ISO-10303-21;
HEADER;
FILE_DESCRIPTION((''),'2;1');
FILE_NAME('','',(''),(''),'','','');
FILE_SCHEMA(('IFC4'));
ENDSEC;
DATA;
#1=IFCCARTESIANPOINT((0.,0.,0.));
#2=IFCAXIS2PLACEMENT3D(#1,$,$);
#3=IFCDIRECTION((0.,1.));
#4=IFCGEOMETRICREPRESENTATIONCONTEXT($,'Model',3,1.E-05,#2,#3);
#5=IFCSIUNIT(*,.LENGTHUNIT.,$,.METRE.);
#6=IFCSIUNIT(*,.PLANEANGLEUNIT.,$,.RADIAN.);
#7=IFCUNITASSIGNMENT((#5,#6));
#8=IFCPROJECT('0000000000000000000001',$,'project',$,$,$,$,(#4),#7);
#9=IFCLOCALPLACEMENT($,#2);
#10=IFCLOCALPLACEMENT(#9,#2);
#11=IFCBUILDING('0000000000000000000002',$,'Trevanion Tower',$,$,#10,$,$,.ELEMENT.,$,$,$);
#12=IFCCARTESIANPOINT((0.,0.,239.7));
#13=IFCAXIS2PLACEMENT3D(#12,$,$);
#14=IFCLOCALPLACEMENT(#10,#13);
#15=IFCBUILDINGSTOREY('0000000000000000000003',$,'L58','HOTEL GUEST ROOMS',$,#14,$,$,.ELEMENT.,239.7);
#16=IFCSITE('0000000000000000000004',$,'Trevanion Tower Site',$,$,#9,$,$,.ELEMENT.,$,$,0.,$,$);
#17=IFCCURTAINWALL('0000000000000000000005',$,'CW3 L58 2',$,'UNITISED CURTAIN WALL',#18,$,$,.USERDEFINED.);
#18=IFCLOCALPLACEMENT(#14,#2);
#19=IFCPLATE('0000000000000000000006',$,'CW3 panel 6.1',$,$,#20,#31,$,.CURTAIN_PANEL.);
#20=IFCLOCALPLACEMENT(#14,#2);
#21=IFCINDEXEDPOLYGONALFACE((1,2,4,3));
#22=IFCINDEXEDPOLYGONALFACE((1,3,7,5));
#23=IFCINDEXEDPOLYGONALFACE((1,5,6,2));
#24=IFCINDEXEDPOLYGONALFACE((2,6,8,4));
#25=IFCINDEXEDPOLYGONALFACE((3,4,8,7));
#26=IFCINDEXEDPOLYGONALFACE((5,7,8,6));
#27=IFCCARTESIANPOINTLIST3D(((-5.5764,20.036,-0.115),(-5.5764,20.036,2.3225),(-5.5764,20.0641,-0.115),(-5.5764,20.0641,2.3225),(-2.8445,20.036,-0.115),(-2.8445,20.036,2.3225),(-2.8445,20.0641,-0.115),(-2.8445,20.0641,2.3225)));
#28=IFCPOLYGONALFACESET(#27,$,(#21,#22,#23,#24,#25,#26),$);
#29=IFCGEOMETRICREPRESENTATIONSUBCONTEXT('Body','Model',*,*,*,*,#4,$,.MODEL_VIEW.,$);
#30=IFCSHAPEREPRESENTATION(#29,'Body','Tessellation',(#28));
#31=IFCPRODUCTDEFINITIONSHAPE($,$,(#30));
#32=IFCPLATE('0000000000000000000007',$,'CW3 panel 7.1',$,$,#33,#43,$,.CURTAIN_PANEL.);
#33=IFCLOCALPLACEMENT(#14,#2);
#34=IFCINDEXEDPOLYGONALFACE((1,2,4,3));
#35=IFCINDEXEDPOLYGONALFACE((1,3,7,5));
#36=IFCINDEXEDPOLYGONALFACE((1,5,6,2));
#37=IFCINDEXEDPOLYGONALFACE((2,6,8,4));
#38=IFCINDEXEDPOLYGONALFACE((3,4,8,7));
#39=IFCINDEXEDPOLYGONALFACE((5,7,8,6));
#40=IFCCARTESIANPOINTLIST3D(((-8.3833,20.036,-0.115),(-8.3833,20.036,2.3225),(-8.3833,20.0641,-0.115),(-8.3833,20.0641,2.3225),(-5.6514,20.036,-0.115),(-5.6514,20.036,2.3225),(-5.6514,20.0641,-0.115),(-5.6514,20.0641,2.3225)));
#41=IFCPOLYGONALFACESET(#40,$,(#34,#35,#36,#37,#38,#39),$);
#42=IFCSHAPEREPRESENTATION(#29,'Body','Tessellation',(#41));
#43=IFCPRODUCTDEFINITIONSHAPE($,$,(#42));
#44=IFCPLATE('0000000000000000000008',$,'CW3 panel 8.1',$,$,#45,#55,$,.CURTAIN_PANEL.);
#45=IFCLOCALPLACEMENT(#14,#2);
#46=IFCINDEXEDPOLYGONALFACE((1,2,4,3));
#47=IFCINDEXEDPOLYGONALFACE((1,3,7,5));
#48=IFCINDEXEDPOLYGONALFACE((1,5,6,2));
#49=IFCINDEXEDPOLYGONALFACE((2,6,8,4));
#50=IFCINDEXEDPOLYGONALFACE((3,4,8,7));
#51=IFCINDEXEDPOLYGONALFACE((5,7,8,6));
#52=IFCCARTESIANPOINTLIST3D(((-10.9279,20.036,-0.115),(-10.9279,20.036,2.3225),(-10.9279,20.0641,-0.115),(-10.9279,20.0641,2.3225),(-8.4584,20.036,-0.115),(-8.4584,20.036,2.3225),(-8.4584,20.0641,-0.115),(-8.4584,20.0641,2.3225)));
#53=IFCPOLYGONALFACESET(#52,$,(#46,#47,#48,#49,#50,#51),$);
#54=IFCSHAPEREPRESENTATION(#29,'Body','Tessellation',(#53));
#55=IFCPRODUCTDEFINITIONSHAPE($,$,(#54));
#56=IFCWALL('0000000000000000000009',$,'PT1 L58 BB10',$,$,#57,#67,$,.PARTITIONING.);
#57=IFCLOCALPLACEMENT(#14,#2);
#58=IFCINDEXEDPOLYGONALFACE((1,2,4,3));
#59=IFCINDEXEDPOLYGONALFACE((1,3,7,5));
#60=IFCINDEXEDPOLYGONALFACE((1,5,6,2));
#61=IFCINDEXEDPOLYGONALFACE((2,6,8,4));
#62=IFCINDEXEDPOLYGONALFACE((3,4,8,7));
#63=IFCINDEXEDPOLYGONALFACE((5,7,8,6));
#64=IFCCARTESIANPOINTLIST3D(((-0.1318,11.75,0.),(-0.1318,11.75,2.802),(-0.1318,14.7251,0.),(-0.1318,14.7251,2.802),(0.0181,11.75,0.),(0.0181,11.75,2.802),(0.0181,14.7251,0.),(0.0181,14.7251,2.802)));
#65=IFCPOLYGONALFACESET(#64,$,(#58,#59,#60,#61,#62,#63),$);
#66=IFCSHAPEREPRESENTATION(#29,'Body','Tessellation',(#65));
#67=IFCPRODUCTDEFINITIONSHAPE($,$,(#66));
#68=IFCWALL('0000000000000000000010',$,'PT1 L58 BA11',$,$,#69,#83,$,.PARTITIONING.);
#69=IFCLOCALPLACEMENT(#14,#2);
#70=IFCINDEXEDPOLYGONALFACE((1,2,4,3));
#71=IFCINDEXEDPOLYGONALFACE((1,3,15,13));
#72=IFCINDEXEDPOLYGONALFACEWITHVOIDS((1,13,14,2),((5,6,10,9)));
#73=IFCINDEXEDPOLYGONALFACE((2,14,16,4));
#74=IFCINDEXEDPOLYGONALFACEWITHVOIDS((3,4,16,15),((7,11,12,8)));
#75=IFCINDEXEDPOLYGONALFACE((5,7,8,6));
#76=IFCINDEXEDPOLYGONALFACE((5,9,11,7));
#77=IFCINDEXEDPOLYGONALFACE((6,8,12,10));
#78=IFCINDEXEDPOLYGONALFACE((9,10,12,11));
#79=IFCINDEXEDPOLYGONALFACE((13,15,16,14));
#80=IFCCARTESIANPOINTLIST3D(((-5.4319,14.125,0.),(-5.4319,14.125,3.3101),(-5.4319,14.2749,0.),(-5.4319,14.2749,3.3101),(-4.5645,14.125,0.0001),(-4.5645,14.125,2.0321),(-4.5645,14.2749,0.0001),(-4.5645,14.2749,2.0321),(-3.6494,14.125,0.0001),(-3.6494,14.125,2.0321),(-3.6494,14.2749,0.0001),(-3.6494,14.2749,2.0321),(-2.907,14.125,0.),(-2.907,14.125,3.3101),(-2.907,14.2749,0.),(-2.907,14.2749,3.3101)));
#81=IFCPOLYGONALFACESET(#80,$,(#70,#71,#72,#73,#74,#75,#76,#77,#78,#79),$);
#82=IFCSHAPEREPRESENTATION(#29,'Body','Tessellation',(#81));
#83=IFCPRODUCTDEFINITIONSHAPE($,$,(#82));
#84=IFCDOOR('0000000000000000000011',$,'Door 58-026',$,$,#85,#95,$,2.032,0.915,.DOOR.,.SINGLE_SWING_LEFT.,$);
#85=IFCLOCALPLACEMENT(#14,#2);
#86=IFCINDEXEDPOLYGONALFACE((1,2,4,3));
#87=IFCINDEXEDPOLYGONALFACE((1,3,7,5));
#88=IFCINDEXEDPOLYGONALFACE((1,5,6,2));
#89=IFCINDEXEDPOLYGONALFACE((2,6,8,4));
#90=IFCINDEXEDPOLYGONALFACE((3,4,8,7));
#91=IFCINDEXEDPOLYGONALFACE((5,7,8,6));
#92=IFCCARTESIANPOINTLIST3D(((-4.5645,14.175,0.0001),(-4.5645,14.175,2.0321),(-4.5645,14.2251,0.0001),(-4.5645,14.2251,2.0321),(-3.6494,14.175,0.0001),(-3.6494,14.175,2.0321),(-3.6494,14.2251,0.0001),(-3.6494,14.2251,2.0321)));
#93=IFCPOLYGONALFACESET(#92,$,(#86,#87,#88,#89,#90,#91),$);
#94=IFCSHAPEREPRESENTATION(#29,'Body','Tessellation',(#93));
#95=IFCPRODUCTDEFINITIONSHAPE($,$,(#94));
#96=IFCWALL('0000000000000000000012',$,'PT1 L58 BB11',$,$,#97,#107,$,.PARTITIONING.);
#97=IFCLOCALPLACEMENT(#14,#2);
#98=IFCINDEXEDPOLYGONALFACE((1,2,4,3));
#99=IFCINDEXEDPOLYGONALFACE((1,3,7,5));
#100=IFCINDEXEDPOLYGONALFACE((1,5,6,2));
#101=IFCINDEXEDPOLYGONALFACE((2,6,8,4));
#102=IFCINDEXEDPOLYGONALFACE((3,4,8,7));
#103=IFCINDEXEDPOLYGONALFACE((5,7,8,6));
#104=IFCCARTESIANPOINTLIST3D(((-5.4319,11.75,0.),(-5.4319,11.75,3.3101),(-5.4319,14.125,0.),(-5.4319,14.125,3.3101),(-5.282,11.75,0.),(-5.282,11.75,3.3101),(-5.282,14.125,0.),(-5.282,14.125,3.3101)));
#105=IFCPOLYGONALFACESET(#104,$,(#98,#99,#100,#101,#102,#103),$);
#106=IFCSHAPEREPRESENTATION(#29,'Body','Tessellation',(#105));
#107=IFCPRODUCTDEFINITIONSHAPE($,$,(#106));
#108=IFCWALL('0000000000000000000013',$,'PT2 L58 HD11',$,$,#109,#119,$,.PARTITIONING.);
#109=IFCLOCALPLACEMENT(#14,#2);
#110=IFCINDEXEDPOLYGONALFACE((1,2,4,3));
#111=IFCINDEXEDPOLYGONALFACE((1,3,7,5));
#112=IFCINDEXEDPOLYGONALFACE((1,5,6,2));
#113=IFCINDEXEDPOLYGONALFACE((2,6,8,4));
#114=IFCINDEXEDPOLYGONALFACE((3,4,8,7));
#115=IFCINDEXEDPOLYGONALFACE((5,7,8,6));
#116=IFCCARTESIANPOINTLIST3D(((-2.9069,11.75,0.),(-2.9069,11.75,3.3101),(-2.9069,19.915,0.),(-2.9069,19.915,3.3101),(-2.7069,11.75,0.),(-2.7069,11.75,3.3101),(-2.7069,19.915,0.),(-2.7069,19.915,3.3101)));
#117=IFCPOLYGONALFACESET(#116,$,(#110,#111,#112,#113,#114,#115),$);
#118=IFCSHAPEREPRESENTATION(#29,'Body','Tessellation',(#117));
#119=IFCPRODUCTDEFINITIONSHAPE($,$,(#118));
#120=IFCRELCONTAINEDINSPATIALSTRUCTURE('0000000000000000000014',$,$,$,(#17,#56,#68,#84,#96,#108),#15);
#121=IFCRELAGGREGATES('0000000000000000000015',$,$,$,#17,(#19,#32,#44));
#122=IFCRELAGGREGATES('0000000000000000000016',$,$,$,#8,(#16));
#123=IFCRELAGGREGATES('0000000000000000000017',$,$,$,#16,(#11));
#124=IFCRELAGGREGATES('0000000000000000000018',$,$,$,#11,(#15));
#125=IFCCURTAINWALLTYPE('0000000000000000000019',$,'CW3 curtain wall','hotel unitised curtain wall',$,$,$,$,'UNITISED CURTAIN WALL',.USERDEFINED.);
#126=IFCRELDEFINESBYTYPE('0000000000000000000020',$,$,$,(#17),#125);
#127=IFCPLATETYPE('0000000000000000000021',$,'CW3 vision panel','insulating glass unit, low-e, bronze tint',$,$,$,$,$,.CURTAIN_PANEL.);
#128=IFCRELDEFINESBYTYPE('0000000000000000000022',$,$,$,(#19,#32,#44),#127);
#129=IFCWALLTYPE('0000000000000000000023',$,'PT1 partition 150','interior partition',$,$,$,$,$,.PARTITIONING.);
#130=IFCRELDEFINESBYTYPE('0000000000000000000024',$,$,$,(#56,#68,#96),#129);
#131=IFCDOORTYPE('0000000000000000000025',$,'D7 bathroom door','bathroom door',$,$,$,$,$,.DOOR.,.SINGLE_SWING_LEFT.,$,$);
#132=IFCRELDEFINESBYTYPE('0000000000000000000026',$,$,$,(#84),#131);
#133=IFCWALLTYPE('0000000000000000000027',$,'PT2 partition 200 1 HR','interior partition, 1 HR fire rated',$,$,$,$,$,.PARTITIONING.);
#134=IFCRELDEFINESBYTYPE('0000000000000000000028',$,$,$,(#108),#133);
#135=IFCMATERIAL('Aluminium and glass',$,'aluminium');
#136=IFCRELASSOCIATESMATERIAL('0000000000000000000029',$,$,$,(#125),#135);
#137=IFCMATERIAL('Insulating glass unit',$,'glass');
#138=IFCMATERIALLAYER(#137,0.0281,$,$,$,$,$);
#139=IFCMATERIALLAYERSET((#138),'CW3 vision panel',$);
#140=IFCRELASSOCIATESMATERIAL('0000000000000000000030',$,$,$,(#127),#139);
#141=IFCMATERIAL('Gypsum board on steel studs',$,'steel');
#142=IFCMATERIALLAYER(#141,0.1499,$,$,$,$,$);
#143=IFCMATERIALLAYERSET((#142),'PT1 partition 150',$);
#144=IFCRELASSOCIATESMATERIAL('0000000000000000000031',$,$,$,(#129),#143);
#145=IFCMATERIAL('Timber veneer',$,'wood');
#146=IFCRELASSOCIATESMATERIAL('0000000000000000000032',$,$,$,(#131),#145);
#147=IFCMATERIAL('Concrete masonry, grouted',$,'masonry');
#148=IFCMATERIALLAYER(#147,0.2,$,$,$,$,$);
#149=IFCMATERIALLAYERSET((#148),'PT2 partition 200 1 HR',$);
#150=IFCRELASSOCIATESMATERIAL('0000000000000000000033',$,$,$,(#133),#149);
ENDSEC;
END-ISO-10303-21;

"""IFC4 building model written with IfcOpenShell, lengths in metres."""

from ifc_helpers import new_model, si_unit, direction, frame, frame_2d, origin, origin_2d, place, context, subcontext, project, spatial, rectangle, extrude, material, layer, layer_set, type_object, element, fill, aggregate, save


model = new_model("IFC4")

# Units and contexts
model_context = context("Model", 3, precision=1e-05, world=origin(), true_north=direction((0.0, 1.0)))
body_context = subcontext(model_context, "Body", "Model", "MODEL_VIEW")
ifc_project = project(units=[si_unit("LENGTHUNIT", "METRE"), si_unit("PLANEANGLEUNIT", "RADIAN")], contexts=[model_context])

# Site, building, storey
site_placement = place(None, origin())
site = spatial("IfcSite", under=ifc_project, at=site_placement, Name="Trevanion Tower Site", CompositionType="ELEMENT", RefElevation=0.0)
building_placement = place(site_placement, origin())
building = spatial("IfcBuilding", under=site, at=building_placement, Name="Trevanion Tower", CompositionType="ELEMENT")
storey_placement = place(building_placement, frame((0.0, 0.0, 239.7)))
storey = spatial("IfcBuildingStorey", under=building, at=storey_placement, Name="L58", Description="HOTEL GUEST ROOMS", CompositionType="ELEMENT", Elevation=239.7)

# Curtain wall
ifc_material_1 = material(Name="Aluminium and glass", Category="aluminium")
curtain_wall_type = type_object("IfcCurtainWallType", Name="CW3 curtain wall", Description="hotel unitised curtain wall", ElementType="UNITISED CURTAIN WALL", PredefinedType="USERDEFINED", material=ifc_material_1)
curtain_wall_placement = place(storey_placement, origin())
curtain_wall = element("IfcCurtainWall", 1, at=curtain_wall_placement, inside=storey, type_object=curtain_wall_type, Name="CW3 L58 2", ObjectType="UNITISED CURTAIN WALL", PredefinedType="USERDEFINED")

# Plates
ifc_material_2 = material(Name="Insulating glass unit", Category="glass")
ifc_layer_1 = layer(ifc_material_2, 0.0281)
ifc_layer_set_1 = layer_set([ifc_layer_1], Name="CW3 vision panel")
plate_type_1 = type_object("IfcPlateType", Name="CW3 vision panel", Description="insulating glass unit, low-e, bronze tint", PredefinedType="CURTAIN_PANEL", material=ifc_layer_set_1)
plate_1_placement = place(storey_placement, frame((-4.2104, 20.05, -0.115), z_axis=(0.0, 0.0, 1.0), x_axis=(-1.0, 0.0, 0.0)))
plate_1 = element("IfcPlate", 2, at=plate_1_placement, type_object=plate_type_1, Name="CW3 panel 6.1", PredefinedType="CURTAIN_PANEL", context=body_context, shape_type="SweptSolid", body=[
    extrude(rectangle(XDim=2.7319, YDim=0.0281, at=origin_2d()), origin(), (0.0, 0.0, 1.0), 2.4375),
])
plate_2_placement = place(storey_placement, frame((-7.0173, 20.05, -0.115), z_axis=(0.0, 0.0, 1.0), x_axis=(-1.0, 0.0, 0.0)))
plate_2 = element("IfcPlate", 3, at=plate_2_placement, type_object=plate_type_1, Name="CW3 panel 7.1", PredefinedType="CURTAIN_PANEL", context=body_context, shape_type="SweptSolid", body=[
    extrude(rectangle(XDim=2.7319, YDim=0.0281, at=origin_2d()), origin(), (0.0, 0.0, 1.0), 2.4375),
])
plate_3_placement = place(storey_placement, frame((-9.6931, 20.05, -0.115), z_axis=(0.0, 0.0, 1.0), x_axis=(-1.0, 0.0, 0.0)))
plate_3 = element("IfcPlate", 4, at=plate_3_placement, type_object=plate_type_1, Name="CW3 panel 8.1", PredefinedType="CURTAIN_PANEL", context=body_context, shape_type="SweptSolid", body=[
    extrude(rectangle(XDim=2.4695, YDim=0.0281, at=origin_2d()), origin(), (0.0, 0.0, 1.0), 2.4375),
])
aggregate(curtain_wall, [plate_1, plate_2, plate_3])

# Wall
ifc_material_3 = material(Name="Gypsum board on steel studs", Category="steel")
ifc_layer_2 = layer(ifc_material_3, 0.1499)
ifc_layer_set_2 = layer_set([ifc_layer_2], Name="PT1 partition 150")
wall_type_1 = type_object("IfcWallType", Name="PT1 partition 150", Description="interior partition", PredefinedType="PARTITIONING", material=ifc_layer_set_2)
wall_1_placement = place(storey_placement, frame((-0.0569, 11.75, 0.0), z_axis=(0.0, 0.0, 1.0), x_axis=(0.0, 1.0, 0.0)))
element("IfcWall", 5, at=wall_1_placement, inside=storey, type_object=wall_type_1, Name="PT1 L58 BB10", PredefinedType="PARTITIONING", context=body_context, shape_type="SweptSolid", body=[
    extrude(rectangle(XDim=2.9751, YDim=0.1499, at=frame_2d((1.4875, 0.0))), origin(), (0.0, 0.0, 1.0), 2.802),
])

# Wall, opening, door
wall_2_placement = place(storey_placement, frame((-2.907, 14.2, 0.0), z_axis=(0.0, 0.0, 1.0), x_axis=(-1.0, 0.0, 0.0)))
wall_2 = element("IfcWall", 6, at=wall_2_placement, inside=storey, type_object=wall_type_1, Name="PT1 L58 BA11", PredefinedType="PARTITIONING", context=body_context, shape_type="SweptSolid", body=[
    extrude(rectangle(XDim=2.5249, YDim=0.1499, at=frame_2d((1.2625, 0.0))), origin(), (0.0, 0.0, 1.0), 3.3101),
])
opening_placement = place(wall_2_placement, frame((0.7424, 0.0, 0.0)))
opening = element("IfcOpeningElement", 7, at=opening_placement, cuts=wall_2, PredefinedType="OPENING", context=body_context, shape_type="SweptSolid", body=[
    extrude(rectangle(XDim=0.915, YDim=2.032, at=frame_2d((0.4575, 1.0161))), frame((0.0, 0.085, 0.0), z_axis=(0.0, -1.0, 0.0), x_axis=(1.0, 0.0, 0.0)), (0.0, 0.0, 1.0), 0.1699),
])
ifc_material_4 = material(Name="Timber veneer", Category="wood")
door_type = type_object("IfcDoorType", Name="D7 bathroom door", Description="bathroom door", OperationType="SINGLE_SWING_LEFT", PredefinedType="DOOR", material=ifc_material_4)
door_placement = place(opening_placement, origin())
door = element("IfcDoor", 8, at=door_placement, inside=storey, type_object=door_type, Name="Door 58-026", OperationType="SINGLE_SWING_LEFT", OverallHeight=2.032, OverallWidth=0.915, PredefinedType="DOOR", context=body_context, shape_type="SweptSolid", body=[
    extrude(rectangle(XDim=0.915, YDim=2.032, at=frame_2d((0.4575, 1.0161))), frame((0.0, 0.0249, 0.0), z_axis=(0.0, -1.0, 0.0), x_axis=(1.0, 0.0, 0.0)), (0.0, 0.0, 1.0), 0.05),
])
fill(opening, door)

# Walls
wall_3_placement = place(storey_placement, frame((-5.3569, 11.75, 0.0), z_axis=(0.0, 0.0, 1.0), x_axis=(0.0, 1.0, 0.0)))
element("IfcWall", 9, at=wall_3_placement, inside=storey, type_object=wall_type_1, Name="PT1 L58 BB11", PredefinedType="PARTITIONING", context=body_context, shape_type="SweptSolid", body=[
    extrude(rectangle(XDim=2.375, YDim=0.1499, at=frame_2d((1.1875, 0.0))), origin(), (0.0, 0.0, 1.0), 3.3101),
])
ifc_material_5 = material(Name="Concrete masonry, grouted", Category="masonry")
ifc_layer_3 = layer(ifc_material_5, 0.2)
ifc_layer_set_3 = layer_set([ifc_layer_3], Name="PT2 partition 200 1 HR")
wall_type_2 = type_object("IfcWallType", Name="PT2 partition 200 1 HR", Description="interior partition, 1 HR fire rated", PredefinedType="PARTITIONING", material=ifc_layer_set_3)
wall_4_placement = place(storey_placement, frame((-2.8069, 11.75, 0.0), z_axis=(0.0, 0.0, 1.0), x_axis=(0.0, 1.0, 0.0)))
element("IfcWall", 10, at=wall_4_placement, inside=storey, type_object=wall_type_2, Name="PT2 L58 HD11", PredefinedType="PARTITIONING", context=body_context, shape_type="SweptSolid", body=[
    extrude(rectangle(XDim=8.165, YDim=0.2, at=frame_2d((4.0825, 0.0))), origin(), (0.0, 0.0, 1.0), 3.3101),
])

save(model, "model.ifc")
